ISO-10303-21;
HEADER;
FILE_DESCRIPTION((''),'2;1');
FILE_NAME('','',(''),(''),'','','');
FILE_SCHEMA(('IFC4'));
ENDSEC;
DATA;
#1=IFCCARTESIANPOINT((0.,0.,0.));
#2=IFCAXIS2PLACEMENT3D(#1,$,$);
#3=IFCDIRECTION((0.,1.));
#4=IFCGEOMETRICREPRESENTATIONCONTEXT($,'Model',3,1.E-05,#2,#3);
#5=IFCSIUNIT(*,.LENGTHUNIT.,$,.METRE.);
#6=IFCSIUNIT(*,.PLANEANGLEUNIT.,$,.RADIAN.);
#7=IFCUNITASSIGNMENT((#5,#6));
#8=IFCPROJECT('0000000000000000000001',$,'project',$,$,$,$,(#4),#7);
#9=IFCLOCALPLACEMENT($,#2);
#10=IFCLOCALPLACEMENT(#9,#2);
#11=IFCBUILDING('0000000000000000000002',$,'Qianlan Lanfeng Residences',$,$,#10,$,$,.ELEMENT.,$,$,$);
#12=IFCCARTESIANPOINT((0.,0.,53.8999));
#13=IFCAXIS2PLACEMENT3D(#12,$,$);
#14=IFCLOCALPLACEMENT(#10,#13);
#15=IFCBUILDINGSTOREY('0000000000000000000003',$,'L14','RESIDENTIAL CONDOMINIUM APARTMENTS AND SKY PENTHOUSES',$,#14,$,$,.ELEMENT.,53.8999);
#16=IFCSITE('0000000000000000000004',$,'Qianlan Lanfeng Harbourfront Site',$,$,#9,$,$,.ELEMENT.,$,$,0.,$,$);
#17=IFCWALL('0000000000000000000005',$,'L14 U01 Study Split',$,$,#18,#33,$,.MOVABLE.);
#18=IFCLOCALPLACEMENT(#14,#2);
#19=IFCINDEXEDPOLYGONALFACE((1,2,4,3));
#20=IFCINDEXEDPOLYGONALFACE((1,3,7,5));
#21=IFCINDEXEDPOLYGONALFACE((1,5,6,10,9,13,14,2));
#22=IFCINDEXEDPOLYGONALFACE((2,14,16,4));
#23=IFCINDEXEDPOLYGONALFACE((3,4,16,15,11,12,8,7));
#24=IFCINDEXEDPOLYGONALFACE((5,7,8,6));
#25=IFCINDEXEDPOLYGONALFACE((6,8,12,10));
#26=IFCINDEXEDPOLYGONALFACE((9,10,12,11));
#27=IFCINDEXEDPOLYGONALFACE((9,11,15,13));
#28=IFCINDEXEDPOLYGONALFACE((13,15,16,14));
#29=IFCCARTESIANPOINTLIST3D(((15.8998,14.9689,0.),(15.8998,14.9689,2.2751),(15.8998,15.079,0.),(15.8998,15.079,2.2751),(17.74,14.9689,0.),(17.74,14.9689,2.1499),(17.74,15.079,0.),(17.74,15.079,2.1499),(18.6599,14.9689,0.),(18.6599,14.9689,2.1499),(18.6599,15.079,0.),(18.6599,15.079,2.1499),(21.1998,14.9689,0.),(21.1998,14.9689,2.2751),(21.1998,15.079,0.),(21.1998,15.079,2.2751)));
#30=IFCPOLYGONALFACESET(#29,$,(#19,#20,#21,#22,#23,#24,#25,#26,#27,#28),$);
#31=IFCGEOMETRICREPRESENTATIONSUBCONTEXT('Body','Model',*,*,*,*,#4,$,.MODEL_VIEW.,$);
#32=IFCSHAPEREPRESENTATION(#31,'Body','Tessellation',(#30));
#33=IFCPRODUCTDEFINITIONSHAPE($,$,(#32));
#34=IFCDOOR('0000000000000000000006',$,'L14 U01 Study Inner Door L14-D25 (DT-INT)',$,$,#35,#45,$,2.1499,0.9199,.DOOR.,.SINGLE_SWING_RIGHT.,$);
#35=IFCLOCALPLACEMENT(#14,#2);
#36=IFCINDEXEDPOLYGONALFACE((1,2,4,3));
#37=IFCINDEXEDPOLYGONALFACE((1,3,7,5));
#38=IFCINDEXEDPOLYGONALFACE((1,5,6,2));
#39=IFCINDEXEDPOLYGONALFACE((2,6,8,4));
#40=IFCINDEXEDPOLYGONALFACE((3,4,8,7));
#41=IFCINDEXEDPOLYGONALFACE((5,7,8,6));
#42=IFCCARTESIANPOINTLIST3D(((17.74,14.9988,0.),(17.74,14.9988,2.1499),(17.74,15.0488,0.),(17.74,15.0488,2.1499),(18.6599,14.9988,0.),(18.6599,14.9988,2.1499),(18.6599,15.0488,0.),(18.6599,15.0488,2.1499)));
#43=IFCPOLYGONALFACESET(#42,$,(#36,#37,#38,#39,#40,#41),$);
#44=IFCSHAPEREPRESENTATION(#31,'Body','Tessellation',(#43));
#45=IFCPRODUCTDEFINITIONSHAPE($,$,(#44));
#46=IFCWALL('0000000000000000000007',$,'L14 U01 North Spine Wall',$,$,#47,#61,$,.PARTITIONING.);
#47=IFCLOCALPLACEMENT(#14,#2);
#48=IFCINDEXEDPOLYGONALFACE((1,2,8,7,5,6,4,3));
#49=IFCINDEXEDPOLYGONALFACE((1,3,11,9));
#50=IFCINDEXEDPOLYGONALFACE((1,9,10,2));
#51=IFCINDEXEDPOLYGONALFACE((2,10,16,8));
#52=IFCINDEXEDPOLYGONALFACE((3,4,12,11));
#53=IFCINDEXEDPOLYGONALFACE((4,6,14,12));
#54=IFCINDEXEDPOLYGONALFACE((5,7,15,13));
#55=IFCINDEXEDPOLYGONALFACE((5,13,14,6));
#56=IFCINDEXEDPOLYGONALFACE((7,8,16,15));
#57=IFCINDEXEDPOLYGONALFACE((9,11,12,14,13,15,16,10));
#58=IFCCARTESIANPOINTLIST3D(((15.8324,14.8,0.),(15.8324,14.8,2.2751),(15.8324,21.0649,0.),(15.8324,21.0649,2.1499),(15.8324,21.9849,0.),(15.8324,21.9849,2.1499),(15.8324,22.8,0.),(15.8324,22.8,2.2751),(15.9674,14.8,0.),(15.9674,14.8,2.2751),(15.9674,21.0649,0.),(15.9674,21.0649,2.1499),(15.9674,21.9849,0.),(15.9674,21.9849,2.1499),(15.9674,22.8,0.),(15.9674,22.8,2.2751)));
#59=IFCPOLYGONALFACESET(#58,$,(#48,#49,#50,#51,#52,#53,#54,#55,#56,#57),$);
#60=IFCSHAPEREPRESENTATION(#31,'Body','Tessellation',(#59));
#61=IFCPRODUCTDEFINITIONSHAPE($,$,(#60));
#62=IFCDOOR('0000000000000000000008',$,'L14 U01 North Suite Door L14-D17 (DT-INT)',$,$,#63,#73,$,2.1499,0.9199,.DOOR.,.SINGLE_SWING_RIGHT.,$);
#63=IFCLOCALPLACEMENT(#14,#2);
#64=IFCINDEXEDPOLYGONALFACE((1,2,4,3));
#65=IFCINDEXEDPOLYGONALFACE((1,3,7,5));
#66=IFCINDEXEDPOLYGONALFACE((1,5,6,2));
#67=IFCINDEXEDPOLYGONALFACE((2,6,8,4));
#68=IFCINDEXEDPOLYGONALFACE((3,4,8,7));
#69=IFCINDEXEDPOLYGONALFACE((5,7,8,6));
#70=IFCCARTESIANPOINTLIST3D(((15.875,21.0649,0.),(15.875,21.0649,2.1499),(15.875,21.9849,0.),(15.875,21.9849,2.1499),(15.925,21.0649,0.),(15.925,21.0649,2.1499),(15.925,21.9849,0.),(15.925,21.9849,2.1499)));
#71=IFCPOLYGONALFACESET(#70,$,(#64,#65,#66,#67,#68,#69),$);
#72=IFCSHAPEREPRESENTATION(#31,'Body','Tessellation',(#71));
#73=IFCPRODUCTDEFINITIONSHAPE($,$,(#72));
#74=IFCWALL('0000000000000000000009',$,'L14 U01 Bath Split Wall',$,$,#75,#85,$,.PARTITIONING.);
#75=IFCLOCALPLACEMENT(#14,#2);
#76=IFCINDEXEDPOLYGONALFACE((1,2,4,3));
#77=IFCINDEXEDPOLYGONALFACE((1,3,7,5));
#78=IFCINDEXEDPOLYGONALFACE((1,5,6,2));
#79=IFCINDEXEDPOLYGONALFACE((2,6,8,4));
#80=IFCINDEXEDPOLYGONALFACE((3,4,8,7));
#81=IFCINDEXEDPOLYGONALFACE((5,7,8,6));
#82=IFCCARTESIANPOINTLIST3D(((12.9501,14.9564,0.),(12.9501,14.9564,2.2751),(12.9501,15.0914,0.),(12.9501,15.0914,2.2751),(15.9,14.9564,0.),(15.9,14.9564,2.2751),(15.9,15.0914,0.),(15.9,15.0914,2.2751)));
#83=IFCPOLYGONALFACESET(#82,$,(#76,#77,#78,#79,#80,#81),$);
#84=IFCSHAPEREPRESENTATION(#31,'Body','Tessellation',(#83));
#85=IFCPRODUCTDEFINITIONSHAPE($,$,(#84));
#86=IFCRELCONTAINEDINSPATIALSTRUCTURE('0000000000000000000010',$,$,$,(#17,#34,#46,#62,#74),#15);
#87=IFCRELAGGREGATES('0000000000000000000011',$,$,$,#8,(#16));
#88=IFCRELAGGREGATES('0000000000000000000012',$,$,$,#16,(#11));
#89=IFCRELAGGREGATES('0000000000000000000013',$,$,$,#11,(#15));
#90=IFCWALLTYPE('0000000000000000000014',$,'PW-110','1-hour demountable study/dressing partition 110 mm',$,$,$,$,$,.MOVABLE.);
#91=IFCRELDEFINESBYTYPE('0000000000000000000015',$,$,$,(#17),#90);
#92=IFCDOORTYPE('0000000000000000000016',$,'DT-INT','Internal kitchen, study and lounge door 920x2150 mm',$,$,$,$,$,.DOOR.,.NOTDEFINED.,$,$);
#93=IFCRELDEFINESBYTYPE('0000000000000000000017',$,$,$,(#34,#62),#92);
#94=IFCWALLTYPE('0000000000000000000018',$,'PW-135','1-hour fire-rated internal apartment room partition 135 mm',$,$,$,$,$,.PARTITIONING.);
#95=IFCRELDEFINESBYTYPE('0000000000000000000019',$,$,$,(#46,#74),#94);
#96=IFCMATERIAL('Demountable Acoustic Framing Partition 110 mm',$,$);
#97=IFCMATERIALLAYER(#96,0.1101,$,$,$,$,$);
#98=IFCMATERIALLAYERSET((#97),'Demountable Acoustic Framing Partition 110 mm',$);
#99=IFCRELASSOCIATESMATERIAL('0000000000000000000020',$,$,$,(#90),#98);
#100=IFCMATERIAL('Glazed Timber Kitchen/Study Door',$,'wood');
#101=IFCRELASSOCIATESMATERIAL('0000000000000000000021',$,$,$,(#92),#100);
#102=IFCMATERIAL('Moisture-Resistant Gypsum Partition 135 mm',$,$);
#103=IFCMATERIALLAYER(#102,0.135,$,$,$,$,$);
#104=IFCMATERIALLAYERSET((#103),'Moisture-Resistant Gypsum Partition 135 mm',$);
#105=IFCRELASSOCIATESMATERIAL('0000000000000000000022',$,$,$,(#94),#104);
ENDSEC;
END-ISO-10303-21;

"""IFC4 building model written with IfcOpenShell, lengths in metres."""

from ifc_helpers import new_model, si_unit, direction, frame, frame_2d, origin, place, context, subcontext, project, spatial, rectangle, extrude, material, layer, layer_set, type_object, element, fill, save


model = new_model("IFC4")

# Units and contexts
model_context = context("Model", 3, precision=1e-05, world=origin(), true_north=direction((0.0, 1.0)))
body_context = subcontext(model_context, "Body", "Model", "MODEL_VIEW")
ifc_project = project(units=[si_unit("LENGTHUNIT", "METRE"), si_unit("PLANEANGLEUNIT", "RADIAN")], contexts=[model_context])

# Site, building, storey
site_placement = place(None, origin())
site = spatial("IfcSite", under=ifc_project, at=site_placement, Name="Qianlan Lanfeng Harbourfront Site", CompositionType="ELEMENT", RefElevation=0.0)
building_placement = place(site_placement, origin())
building = spatial("IfcBuilding", under=site, at=building_placement, Name="Qianlan Lanfeng Residences", CompositionType="ELEMENT")
storey_placement = place(building_placement, frame((0.0, 0.0, 53.8999)))
storey = spatial("IfcBuildingStorey", under=building, at=storey_placement, Name="L14", Description="RESIDENTIAL CONDOMINIUM APARTMENTS AND SKY PENTHOUSES", CompositionType="ELEMENT", Elevation=53.8999)

# Walls, openings, doors
ifc_material_1 = material(Name="Demountable Acoustic Framing Partition 110 mm")
ifc_layer_1 = layer(ifc_material_1, 0.1101)
ifc_layer_set_1 = layer_set([ifc_layer_1], Name="Demountable Acoustic Framing Partition 110 mm")
wall_type_1 = type_object("IfcWallType", Name="PW-110", Description="1-hour demountable study/dressing partition 110 mm", PredefinedType="MOVABLE", material=ifc_layer_set_1)
wall_1_placement = place(storey_placement, frame((15.8999, 15.0239, 0.0), z_axis=(0.0, 0.0, 1.0), x_axis=(1.0, 0.0, 0.0)))
wall_1 = element("IfcWall", 1, at=wall_1_placement, inside=storey, type_object=wall_type_1, Name="L14 U01 Study Split", PredefinedType="MOVABLE", context=body_context, shape_type="SweptSolid", body=[
    extrude(rectangle(XDim=5.3, YDim=0.1101, at=frame_2d((2.6499, 0.0))), origin(), (0.0, 0.0, 1.0), 2.2751),
])
opening_1_placement = place(wall_1_placement, frame((1.8401, 0.0, 0.0)))
opening_1 = element("IfcOpeningElement", 2, at=opening_1_placement, cuts=wall_1, PredefinedType="OPENING", context=body_context, shape_type="SweptSolid", body=[
    extrude(rectangle(XDim=0.9199, YDim=2.1499, at=frame_2d((0.46, 1.075))), frame((0.0, 0.0649, 0.0), z_axis=(0.0, -1.0, 0.0), x_axis=(1.0, 0.0, 0.0)), (0.0, 0.0, 1.0), 0.1301),
])
ifc_material_2 = material(Name="Glazed Timber Kitchen/Study Door", Category="wood")
door_type = type_object("IfcDoorType", Name="DT-INT", Description="Internal kitchen, study and lounge door 920x2150 mm", OperationType="NOTDEFINED", PredefinedType="DOOR", material=ifc_material_2)
door_1_placement = place(opening_1_placement, origin())
door_1 = element("IfcDoor", 3, at=door_1_placement, inside=storey, type_object=door_type, Name="L14 U01 Study Inner Door L14-D25 (DT-INT)", OperationType="SINGLE_SWING_RIGHT", OverallHeight=2.1499, OverallWidth=0.9199, PredefinedType="DOOR", context=body_context, shape_type="SweptSolid", body=[
    extrude(rectangle(XDim=0.9199, YDim=2.1499, at=frame_2d((0.46, 1.075))), frame((0.0, 0.0249, 0.0), z_axis=(0.0, -1.0, 0.0), x_axis=(1.0, 0.0, 0.0)), (0.0, 0.0, 1.0), 0.05),
])
fill(opening_1, door_1)
ifc_material_3 = material(Name="Moisture-Resistant Gypsum Partition 135 mm")
ifc_layer_2 = layer(ifc_material_3, 0.135)
ifc_layer_set_2 = layer_set([ifc_layer_2], Name="Moisture-Resistant Gypsum Partition 135 mm")
wall_type_2 = type_object("IfcWallType", Name="PW-135", Description="1-hour fire-rated internal apartment room partition 135 mm", PredefinedType="PARTITIONING", material=ifc_layer_set_2)
wall_2_placement = place(storey_placement, frame((15.8999, 14.8, 0.0), z_axis=(0.0, 0.0, 1.0), x_axis=(0.0, 1.0, 0.0)))
wall_2 = element("IfcWall", 4, at=wall_2_placement, inside=storey, type_object=wall_type_2, Name="L14 U01 North Spine Wall", PredefinedType="PARTITIONING", context=body_context, shape_type="SweptSolid", body=[
    extrude(rectangle(XDim=8.0, YDim=0.135, at=frame_2d((4.0, 0.0))), origin(), (0.0, 0.0, 1.0), 2.2751),
])
opening_2_placement = place(wall_2_placement, frame((6.2649, 0.0, 0.0)))
opening_2 = element("IfcOpeningElement", 5, at=opening_2_placement, cuts=wall_2, PredefinedType="OPENING", context=body_context, shape_type="SweptSolid", body=[
    extrude(rectangle(XDim=0.9199, YDim=2.1499, at=frame_2d((0.46, 1.075))), frame((0.0, 0.0776, 0.0), z_axis=(0.0, -1.0, 0.0), x_axis=(1.0, 0.0, 0.0)), (0.0, 0.0, 1.0), 0.155),
])
door_2_placement = place(opening_2_placement, origin())
door_2 = element("IfcDoor", 6, at=door_2_placement, inside=storey, type_object=door_type, Name="L14 U01 North Suite Door L14-D17 (DT-INT)", OperationType="SINGLE_SWING_RIGHT", OverallHeight=2.1499, OverallWidth=0.9199, PredefinedType="DOOR", context=body_context, shape_type="SweptSolid", body=[
    extrude(rectangle(XDim=0.9199, YDim=2.1499, at=frame_2d((0.46, 1.075))), frame((0.0, 0.0249, 0.0), z_axis=(0.0, -1.0, 0.0), x_axis=(1.0, 0.0, 0.0)), (0.0, 0.0, 1.0), 0.05),
])
fill(opening_2, door_2)

# Wall
wall_3_placement = place(storey_placement, frame((12.95, 15.0239, 0.0), z_axis=(0.0, 0.0, 1.0), x_axis=(1.0, 0.0, 0.0)))
element("IfcWall", 7, at=wall_3_placement, inside=storey, type_object=wall_type_2, Name="L14 U01 Bath Split Wall", PredefinedType="PARTITIONING", context=body_context, shape_type="SweptSolid", body=[
    extrude(rectangle(XDim=2.95, YDim=0.135, at=frame_2d((1.4751, 0.0))), origin(), (0.0, 0.0, 1.0), 2.2751),
])

save(model, "model.ifc")
